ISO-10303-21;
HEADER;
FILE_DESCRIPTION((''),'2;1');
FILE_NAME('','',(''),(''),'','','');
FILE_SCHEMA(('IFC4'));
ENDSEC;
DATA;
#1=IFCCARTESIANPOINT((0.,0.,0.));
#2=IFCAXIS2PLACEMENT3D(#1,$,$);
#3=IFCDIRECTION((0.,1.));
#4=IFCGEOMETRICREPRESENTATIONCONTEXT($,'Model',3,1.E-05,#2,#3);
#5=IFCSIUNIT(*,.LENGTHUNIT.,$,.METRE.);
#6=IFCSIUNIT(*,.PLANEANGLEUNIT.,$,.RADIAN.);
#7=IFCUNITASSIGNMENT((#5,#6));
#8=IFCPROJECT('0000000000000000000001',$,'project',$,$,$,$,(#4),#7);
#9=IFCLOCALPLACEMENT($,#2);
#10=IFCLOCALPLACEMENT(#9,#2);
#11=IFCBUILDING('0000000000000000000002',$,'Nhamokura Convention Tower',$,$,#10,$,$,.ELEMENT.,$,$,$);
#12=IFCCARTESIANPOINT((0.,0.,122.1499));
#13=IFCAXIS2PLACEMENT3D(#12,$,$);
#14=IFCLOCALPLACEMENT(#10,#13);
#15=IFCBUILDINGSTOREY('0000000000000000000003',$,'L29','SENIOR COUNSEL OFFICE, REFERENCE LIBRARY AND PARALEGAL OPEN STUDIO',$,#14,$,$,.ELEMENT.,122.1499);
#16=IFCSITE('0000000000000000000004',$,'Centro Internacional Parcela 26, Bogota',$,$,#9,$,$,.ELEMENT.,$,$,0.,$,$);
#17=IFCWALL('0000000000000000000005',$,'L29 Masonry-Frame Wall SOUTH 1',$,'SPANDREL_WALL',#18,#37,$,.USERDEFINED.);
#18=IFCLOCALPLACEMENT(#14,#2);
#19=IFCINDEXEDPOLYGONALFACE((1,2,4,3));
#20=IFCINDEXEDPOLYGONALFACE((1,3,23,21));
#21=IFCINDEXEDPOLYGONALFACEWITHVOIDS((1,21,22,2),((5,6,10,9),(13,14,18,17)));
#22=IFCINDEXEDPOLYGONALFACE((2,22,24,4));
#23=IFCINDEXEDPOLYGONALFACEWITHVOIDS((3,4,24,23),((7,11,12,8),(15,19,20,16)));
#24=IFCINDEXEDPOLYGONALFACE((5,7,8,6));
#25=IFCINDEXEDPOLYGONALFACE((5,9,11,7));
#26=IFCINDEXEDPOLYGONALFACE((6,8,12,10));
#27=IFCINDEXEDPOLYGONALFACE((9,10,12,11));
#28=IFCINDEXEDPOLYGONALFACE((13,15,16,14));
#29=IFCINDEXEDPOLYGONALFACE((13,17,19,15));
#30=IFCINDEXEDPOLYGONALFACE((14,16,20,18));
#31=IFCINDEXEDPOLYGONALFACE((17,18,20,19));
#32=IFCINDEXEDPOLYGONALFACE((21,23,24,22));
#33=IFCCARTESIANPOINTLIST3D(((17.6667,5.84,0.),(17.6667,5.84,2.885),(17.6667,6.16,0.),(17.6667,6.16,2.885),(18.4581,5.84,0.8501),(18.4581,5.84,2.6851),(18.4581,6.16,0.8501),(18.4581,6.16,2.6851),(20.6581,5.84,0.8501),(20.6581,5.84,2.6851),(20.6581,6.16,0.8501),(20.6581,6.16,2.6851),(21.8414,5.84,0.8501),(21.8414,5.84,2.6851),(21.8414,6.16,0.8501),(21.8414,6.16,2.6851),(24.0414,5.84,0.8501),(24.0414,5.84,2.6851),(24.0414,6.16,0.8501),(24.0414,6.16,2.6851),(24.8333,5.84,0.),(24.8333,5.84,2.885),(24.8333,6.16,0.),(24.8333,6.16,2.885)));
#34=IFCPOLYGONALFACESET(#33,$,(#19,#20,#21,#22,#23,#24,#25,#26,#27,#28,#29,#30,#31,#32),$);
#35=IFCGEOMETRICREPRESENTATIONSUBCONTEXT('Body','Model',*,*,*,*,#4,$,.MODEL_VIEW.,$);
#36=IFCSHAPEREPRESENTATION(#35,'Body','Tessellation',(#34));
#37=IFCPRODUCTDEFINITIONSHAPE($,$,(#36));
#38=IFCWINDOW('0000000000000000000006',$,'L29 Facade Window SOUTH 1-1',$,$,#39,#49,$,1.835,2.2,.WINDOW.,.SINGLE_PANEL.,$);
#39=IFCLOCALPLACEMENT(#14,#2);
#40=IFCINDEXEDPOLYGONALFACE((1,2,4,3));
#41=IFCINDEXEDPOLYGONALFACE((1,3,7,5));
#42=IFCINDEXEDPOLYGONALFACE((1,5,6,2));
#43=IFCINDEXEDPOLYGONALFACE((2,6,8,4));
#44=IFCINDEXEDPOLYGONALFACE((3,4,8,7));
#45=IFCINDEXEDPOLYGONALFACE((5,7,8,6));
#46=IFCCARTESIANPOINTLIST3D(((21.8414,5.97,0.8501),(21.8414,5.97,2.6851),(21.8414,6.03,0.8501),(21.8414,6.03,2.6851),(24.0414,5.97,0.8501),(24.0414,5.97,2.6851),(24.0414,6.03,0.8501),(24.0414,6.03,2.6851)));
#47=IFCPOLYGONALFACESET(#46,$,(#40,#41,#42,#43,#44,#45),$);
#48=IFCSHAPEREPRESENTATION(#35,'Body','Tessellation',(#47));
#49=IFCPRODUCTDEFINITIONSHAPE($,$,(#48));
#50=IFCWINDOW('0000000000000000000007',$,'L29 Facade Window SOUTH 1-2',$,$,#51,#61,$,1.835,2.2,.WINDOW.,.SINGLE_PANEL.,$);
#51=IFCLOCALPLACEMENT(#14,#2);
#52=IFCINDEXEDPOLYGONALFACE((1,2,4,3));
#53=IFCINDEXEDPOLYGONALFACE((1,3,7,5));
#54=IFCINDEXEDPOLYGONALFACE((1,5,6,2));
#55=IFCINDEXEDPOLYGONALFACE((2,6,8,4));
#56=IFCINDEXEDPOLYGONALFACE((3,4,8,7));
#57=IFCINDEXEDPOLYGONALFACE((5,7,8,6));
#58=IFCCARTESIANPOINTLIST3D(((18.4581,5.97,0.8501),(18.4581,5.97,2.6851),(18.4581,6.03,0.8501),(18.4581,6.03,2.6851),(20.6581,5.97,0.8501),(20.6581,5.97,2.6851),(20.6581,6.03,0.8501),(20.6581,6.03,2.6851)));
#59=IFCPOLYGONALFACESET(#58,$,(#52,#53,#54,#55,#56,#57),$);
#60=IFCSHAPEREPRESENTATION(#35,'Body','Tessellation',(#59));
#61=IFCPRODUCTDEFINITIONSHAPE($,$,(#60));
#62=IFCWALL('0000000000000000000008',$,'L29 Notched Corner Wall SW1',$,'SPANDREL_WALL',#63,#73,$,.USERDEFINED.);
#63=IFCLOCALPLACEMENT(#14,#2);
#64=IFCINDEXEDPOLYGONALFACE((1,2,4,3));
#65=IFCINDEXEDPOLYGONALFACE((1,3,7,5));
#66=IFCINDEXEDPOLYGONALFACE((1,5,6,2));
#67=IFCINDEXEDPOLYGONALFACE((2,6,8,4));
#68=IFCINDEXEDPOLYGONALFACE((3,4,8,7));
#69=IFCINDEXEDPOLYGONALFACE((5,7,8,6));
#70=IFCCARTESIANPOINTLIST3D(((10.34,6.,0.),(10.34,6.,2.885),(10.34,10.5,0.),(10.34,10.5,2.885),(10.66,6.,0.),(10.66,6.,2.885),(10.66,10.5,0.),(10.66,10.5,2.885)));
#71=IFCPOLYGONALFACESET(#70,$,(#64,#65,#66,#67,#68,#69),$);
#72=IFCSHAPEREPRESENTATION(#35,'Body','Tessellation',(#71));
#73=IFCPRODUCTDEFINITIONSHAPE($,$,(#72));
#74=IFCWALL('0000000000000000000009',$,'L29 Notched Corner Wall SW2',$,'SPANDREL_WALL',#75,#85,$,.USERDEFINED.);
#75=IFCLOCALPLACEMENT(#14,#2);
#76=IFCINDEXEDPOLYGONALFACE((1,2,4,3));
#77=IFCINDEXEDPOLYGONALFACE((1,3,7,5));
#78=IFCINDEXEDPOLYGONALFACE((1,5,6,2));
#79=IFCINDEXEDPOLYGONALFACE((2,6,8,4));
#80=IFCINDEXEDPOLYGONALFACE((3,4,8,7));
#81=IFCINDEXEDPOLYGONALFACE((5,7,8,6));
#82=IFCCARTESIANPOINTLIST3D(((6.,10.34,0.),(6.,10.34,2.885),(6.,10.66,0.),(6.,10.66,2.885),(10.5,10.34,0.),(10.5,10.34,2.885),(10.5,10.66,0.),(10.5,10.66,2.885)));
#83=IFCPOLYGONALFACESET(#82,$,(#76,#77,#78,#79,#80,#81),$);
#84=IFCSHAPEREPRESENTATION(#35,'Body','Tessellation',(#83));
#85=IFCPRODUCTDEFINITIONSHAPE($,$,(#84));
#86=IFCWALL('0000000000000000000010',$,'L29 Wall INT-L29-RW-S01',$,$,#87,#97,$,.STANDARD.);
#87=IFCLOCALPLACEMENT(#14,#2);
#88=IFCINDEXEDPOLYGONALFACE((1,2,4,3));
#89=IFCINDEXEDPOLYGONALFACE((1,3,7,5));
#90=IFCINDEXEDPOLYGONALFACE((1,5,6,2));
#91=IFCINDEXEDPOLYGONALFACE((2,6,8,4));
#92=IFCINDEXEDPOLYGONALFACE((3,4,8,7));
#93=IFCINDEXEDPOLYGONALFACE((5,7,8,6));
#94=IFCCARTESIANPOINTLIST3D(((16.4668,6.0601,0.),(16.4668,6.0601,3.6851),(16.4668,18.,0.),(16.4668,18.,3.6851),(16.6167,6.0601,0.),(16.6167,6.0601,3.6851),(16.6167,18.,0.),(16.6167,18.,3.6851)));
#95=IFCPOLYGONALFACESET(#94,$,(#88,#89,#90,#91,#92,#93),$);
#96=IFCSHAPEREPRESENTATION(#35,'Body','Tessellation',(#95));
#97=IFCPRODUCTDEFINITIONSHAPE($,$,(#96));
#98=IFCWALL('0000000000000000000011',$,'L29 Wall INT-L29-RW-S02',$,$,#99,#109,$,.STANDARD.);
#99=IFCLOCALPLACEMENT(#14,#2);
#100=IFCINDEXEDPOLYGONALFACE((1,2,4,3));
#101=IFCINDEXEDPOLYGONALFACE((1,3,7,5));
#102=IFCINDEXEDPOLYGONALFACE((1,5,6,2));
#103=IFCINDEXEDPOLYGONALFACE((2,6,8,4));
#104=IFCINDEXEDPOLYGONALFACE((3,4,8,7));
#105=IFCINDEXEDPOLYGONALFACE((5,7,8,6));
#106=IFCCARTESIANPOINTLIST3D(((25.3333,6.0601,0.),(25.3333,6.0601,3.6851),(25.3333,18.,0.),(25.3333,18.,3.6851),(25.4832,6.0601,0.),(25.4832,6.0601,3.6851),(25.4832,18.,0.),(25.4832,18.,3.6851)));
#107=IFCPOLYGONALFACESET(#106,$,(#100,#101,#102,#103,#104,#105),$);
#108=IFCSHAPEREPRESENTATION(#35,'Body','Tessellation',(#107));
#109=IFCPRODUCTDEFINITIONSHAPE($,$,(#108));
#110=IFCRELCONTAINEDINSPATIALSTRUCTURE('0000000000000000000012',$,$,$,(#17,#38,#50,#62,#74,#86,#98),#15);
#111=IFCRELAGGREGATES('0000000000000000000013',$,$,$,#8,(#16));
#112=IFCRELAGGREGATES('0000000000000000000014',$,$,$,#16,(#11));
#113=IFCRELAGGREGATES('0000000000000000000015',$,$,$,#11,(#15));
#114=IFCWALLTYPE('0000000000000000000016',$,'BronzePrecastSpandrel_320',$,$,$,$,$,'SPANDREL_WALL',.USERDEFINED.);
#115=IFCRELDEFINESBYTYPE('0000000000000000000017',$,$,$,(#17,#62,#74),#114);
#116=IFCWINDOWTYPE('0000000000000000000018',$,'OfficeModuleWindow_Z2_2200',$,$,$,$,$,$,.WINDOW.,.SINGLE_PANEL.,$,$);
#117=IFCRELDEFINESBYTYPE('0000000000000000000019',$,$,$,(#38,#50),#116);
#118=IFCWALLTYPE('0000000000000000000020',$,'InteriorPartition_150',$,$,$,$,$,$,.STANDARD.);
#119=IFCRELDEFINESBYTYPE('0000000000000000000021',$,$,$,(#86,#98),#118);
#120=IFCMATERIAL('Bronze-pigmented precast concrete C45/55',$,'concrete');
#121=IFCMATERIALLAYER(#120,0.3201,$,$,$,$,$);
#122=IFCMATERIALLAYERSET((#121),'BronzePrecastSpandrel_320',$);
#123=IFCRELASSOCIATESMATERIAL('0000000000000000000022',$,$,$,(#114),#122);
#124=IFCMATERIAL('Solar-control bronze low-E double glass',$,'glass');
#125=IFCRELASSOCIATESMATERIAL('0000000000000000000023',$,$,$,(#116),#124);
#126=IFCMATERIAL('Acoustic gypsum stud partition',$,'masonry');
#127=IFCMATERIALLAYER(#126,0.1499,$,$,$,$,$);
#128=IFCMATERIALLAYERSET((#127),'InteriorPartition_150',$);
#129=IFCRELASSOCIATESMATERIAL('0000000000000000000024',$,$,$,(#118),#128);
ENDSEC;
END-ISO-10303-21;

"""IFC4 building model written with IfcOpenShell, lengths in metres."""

from ifc_helpers import new_model, si_unit, direction, frame, frame_2d, origin, place, context, subcontext, project, spatial, rectangle, extrude, material, layer, layer_set, type_object, element, fill, save


model = new_model("IFC4")

# Units and contexts
model_context = context("Model", 3, precision=1e-05, world=origin(), true_north=direction((0.0, 1.0)))
body_context = subcontext(model_context, "Body", "Model", "MODEL_VIEW")
ifc_project = project(units=[si_unit("LENGTHUNIT", "METRE"), si_unit("PLANEANGLEUNIT", "RADIAN")], contexts=[model_context])

# Site, building, storey
site_placement = place(None, origin())
site = spatial("IfcSite", under=ifc_project, at=site_placement, Name="Centro Internacional Parcela 26, Bogota", CompositionType="ELEMENT", RefElevation=0.0)
building_placement = place(site_placement, origin())
building = spatial("IfcBuilding", under=site, at=building_placement, Name="Nhamokura Convention Tower", CompositionType="ELEMENT")
storey_placement = place(building_placement, frame((0.0, 0.0, 122.1499)))
storey = spatial("IfcBuildingStorey", under=building, at=storey_placement, Name="L29", Description="SENIOR COUNSEL OFFICE, REFERENCE LIBRARY AND PARALEGAL OPEN STUDIO", CompositionType="ELEMENT", Elevation=122.1499)

# Shared definitions
ifc_material_1 = material(Name="Bronze-pigmented precast concrete C45/55", Category="concrete")
ifc_layer_1 = layer(ifc_material_1, 0.3201)
ifc_layer_set_1 = layer_set([ifc_layer_1], Name="BronzePrecastSpandrel_320")
wall_type_1 = type_object("IfcWallType", Name="BronzePrecastSpandrel_320", ElementType="SPANDREL_WALL", PredefinedType="USERDEFINED", material=ifc_layer_set_1)

# Wall, openings, windows
wall_1_placement = place(storey_placement, frame((24.8333, 6.0, 0.0), z_axis=(0.0, 0.0, 1.0), x_axis=(-1.0, 0.0, 0.0)))
wall_1 = element("IfcWall", 1, at=wall_1_placement, inside=storey, type_object=wall_type_1, Name="L29 Masonry-Frame Wall SOUTH 1", ObjectType="SPANDREL_WALL", PredefinedType="USERDEFINED", context=body_context, shape_type="SweptSolid", body=[
    extrude(rectangle(XDim=7.1665, YDim=0.3201, at=frame_2d((3.5833, 0.0))), origin(), (0.0, 0.0, 1.0), 2.885),
])
opening_1_placement = place(wall_1_placement, frame((0.7917, 0.0, 0.8501)))
opening_1 = element("IfcOpeningElement", 2, at=opening_1_placement, cuts=wall_1, PredefinedType="OPENING", context=body_context, shape_type="SweptSolid", body=[
    extrude(rectangle(XDim=2.2, YDim=1.835, at=frame_2d((1.1001, 0.9175))), frame((0.0, 0.1699, 0.0), z_axis=(0.0, -1.0, 0.0), x_axis=(1.0, 0.0, 0.0)), (0.0, 0.0, 1.0), 0.3401),
])
opening_2_placement = place(wall_1_placement, frame((4.175, 0.0, 0.8501)))
opening_2 = element("IfcOpeningElement", 3, at=opening_2_placement, cuts=wall_1, PredefinedType="OPENING", context=body_context, shape_type="SweptSolid", body=[
    extrude(rectangle(XDim=2.2, YDim=1.835, at=frame_2d((1.1001, 0.9175))), frame((0.0, 0.1699, 0.0), z_axis=(0.0, -1.0, 0.0), x_axis=(1.0, 0.0, 0.0)), (0.0, 0.0, 1.0), 0.3401),
])
ifc_material_2 = material(Name="Solar-control bronze low-E double glass", Category="glass")
window_type = type_object("IfcWindowType", Name="OfficeModuleWindow_Z2_2200", PartitioningType="SINGLE_PANEL", PredefinedType="WINDOW", material=ifc_material_2)
window_1_placement = place(opening_1_placement, origin())
window_1 = element("IfcWindow", 4, at=window_1_placement, inside=storey, type_object=window_type, Name="L29 Facade Window SOUTH 1-1", OverallHeight=1.835, OverallWidth=2.2, PartitioningType="SINGLE_PANEL", PredefinedType="WINDOW", context=body_context, shape_type="SweptSolid", body=[
    extrude(rectangle(XDim=2.2, YDim=1.835, at=frame_2d((1.1001, 0.9175))), frame((0.0, 0.03, 0.0), z_axis=(0.0, -1.0, 0.0), x_axis=(1.0, 0.0, 0.0)), (0.0, 0.0, 1.0), 0.0601),
])
fill(opening_1, window_1)
window_2_placement = place(opening_2_placement, origin())
window_2 = element("IfcWindow", 5, at=window_2_placement, inside=storey, type_object=window_type, Name="L29 Facade Window SOUTH 1-2", OverallHeight=1.835, OverallWidth=2.2, PartitioningType="SINGLE_PANEL", PredefinedType="WINDOW", context=body_context, shape_type="SweptSolid", body=[
    extrude(rectangle(XDim=2.2, YDim=1.835, at=frame_2d((1.1001, 0.9175))), frame((0.0, 0.03, 0.0), z_axis=(0.0, -1.0, 0.0), x_axis=(1.0, 0.0, 0.0)), (0.0, 0.0, 1.0), 0.0601),
])
fill(opening_2, window_2)

# Walls
for number, where, z_axis, x_axis, name in (
    (6, (10.5, 6.0, 0.0), (0.0, 0.0, 1.0), (0.0, 1.0, 0.0), "L29 Notched Corner Wall SW1"),
    (7, (10.5, 10.5, 0.0), (0.0, 0.0, 1.0), (-1.0, 0.0, 0.0), "L29 Notched Corner Wall SW2"),
):
    element("IfcWall", number, at=place(storey_placement, frame(where, z_axis=z_axis, x_axis=x_axis)), inside=storey, type_object=wall_type_1, Name=name, ObjectType="SPANDREL_WALL", PredefinedType="USERDEFINED", context=body_context, shape_type="SweptSolid", body=[
        extrude(rectangle(XDim=4.5, YDim=0.3201, at=frame_2d((2.25, 0.0))), origin(), (0.0, 0.0, 1.0), 2.885),
    ])
ifc_material_3 = material(Name="Acoustic gypsum stud partition", Category="masonry")
ifc_layer_2 = layer(ifc_material_3, 0.1499)
ifc_layer_set_2 = layer_set([ifc_layer_2], Name="InteriorPartition_150")
wall_type_2 = type_object("IfcWallType", Name="InteriorPartition_150", PredefinedType="STANDARD", material=ifc_layer_set_2)
for number, where, z_axis, x_axis, name in (
    (8, (16.5417, 6.0601, 0.0), (0.0, 0.0, 1.0), (0.0, 1.0, 0.0), "L29 Wall INT-L29-RW-S01"),
    (9, (25.4082, 6.0601, 0.0), (0.0, 0.0, 1.0), (0.0, 1.0, 0.0), "L29 Wall INT-L29-RW-S02"),
):
    element("IfcWall", number, at=place(storey_placement, frame(where, z_axis=z_axis, x_axis=x_axis)), inside=storey, type_object=wall_type_2, Name=name, PredefinedType="STANDARD", context=body_context, shape_type="SweptSolid", body=[
        extrude(rectangle(XDim=11.9399, YDim=0.1499, at=frame_2d((5.97, 0.0))), origin(), (0.0, 0.0, 1.0), 3.6851),
    ])

save(model, "model.ifc")
